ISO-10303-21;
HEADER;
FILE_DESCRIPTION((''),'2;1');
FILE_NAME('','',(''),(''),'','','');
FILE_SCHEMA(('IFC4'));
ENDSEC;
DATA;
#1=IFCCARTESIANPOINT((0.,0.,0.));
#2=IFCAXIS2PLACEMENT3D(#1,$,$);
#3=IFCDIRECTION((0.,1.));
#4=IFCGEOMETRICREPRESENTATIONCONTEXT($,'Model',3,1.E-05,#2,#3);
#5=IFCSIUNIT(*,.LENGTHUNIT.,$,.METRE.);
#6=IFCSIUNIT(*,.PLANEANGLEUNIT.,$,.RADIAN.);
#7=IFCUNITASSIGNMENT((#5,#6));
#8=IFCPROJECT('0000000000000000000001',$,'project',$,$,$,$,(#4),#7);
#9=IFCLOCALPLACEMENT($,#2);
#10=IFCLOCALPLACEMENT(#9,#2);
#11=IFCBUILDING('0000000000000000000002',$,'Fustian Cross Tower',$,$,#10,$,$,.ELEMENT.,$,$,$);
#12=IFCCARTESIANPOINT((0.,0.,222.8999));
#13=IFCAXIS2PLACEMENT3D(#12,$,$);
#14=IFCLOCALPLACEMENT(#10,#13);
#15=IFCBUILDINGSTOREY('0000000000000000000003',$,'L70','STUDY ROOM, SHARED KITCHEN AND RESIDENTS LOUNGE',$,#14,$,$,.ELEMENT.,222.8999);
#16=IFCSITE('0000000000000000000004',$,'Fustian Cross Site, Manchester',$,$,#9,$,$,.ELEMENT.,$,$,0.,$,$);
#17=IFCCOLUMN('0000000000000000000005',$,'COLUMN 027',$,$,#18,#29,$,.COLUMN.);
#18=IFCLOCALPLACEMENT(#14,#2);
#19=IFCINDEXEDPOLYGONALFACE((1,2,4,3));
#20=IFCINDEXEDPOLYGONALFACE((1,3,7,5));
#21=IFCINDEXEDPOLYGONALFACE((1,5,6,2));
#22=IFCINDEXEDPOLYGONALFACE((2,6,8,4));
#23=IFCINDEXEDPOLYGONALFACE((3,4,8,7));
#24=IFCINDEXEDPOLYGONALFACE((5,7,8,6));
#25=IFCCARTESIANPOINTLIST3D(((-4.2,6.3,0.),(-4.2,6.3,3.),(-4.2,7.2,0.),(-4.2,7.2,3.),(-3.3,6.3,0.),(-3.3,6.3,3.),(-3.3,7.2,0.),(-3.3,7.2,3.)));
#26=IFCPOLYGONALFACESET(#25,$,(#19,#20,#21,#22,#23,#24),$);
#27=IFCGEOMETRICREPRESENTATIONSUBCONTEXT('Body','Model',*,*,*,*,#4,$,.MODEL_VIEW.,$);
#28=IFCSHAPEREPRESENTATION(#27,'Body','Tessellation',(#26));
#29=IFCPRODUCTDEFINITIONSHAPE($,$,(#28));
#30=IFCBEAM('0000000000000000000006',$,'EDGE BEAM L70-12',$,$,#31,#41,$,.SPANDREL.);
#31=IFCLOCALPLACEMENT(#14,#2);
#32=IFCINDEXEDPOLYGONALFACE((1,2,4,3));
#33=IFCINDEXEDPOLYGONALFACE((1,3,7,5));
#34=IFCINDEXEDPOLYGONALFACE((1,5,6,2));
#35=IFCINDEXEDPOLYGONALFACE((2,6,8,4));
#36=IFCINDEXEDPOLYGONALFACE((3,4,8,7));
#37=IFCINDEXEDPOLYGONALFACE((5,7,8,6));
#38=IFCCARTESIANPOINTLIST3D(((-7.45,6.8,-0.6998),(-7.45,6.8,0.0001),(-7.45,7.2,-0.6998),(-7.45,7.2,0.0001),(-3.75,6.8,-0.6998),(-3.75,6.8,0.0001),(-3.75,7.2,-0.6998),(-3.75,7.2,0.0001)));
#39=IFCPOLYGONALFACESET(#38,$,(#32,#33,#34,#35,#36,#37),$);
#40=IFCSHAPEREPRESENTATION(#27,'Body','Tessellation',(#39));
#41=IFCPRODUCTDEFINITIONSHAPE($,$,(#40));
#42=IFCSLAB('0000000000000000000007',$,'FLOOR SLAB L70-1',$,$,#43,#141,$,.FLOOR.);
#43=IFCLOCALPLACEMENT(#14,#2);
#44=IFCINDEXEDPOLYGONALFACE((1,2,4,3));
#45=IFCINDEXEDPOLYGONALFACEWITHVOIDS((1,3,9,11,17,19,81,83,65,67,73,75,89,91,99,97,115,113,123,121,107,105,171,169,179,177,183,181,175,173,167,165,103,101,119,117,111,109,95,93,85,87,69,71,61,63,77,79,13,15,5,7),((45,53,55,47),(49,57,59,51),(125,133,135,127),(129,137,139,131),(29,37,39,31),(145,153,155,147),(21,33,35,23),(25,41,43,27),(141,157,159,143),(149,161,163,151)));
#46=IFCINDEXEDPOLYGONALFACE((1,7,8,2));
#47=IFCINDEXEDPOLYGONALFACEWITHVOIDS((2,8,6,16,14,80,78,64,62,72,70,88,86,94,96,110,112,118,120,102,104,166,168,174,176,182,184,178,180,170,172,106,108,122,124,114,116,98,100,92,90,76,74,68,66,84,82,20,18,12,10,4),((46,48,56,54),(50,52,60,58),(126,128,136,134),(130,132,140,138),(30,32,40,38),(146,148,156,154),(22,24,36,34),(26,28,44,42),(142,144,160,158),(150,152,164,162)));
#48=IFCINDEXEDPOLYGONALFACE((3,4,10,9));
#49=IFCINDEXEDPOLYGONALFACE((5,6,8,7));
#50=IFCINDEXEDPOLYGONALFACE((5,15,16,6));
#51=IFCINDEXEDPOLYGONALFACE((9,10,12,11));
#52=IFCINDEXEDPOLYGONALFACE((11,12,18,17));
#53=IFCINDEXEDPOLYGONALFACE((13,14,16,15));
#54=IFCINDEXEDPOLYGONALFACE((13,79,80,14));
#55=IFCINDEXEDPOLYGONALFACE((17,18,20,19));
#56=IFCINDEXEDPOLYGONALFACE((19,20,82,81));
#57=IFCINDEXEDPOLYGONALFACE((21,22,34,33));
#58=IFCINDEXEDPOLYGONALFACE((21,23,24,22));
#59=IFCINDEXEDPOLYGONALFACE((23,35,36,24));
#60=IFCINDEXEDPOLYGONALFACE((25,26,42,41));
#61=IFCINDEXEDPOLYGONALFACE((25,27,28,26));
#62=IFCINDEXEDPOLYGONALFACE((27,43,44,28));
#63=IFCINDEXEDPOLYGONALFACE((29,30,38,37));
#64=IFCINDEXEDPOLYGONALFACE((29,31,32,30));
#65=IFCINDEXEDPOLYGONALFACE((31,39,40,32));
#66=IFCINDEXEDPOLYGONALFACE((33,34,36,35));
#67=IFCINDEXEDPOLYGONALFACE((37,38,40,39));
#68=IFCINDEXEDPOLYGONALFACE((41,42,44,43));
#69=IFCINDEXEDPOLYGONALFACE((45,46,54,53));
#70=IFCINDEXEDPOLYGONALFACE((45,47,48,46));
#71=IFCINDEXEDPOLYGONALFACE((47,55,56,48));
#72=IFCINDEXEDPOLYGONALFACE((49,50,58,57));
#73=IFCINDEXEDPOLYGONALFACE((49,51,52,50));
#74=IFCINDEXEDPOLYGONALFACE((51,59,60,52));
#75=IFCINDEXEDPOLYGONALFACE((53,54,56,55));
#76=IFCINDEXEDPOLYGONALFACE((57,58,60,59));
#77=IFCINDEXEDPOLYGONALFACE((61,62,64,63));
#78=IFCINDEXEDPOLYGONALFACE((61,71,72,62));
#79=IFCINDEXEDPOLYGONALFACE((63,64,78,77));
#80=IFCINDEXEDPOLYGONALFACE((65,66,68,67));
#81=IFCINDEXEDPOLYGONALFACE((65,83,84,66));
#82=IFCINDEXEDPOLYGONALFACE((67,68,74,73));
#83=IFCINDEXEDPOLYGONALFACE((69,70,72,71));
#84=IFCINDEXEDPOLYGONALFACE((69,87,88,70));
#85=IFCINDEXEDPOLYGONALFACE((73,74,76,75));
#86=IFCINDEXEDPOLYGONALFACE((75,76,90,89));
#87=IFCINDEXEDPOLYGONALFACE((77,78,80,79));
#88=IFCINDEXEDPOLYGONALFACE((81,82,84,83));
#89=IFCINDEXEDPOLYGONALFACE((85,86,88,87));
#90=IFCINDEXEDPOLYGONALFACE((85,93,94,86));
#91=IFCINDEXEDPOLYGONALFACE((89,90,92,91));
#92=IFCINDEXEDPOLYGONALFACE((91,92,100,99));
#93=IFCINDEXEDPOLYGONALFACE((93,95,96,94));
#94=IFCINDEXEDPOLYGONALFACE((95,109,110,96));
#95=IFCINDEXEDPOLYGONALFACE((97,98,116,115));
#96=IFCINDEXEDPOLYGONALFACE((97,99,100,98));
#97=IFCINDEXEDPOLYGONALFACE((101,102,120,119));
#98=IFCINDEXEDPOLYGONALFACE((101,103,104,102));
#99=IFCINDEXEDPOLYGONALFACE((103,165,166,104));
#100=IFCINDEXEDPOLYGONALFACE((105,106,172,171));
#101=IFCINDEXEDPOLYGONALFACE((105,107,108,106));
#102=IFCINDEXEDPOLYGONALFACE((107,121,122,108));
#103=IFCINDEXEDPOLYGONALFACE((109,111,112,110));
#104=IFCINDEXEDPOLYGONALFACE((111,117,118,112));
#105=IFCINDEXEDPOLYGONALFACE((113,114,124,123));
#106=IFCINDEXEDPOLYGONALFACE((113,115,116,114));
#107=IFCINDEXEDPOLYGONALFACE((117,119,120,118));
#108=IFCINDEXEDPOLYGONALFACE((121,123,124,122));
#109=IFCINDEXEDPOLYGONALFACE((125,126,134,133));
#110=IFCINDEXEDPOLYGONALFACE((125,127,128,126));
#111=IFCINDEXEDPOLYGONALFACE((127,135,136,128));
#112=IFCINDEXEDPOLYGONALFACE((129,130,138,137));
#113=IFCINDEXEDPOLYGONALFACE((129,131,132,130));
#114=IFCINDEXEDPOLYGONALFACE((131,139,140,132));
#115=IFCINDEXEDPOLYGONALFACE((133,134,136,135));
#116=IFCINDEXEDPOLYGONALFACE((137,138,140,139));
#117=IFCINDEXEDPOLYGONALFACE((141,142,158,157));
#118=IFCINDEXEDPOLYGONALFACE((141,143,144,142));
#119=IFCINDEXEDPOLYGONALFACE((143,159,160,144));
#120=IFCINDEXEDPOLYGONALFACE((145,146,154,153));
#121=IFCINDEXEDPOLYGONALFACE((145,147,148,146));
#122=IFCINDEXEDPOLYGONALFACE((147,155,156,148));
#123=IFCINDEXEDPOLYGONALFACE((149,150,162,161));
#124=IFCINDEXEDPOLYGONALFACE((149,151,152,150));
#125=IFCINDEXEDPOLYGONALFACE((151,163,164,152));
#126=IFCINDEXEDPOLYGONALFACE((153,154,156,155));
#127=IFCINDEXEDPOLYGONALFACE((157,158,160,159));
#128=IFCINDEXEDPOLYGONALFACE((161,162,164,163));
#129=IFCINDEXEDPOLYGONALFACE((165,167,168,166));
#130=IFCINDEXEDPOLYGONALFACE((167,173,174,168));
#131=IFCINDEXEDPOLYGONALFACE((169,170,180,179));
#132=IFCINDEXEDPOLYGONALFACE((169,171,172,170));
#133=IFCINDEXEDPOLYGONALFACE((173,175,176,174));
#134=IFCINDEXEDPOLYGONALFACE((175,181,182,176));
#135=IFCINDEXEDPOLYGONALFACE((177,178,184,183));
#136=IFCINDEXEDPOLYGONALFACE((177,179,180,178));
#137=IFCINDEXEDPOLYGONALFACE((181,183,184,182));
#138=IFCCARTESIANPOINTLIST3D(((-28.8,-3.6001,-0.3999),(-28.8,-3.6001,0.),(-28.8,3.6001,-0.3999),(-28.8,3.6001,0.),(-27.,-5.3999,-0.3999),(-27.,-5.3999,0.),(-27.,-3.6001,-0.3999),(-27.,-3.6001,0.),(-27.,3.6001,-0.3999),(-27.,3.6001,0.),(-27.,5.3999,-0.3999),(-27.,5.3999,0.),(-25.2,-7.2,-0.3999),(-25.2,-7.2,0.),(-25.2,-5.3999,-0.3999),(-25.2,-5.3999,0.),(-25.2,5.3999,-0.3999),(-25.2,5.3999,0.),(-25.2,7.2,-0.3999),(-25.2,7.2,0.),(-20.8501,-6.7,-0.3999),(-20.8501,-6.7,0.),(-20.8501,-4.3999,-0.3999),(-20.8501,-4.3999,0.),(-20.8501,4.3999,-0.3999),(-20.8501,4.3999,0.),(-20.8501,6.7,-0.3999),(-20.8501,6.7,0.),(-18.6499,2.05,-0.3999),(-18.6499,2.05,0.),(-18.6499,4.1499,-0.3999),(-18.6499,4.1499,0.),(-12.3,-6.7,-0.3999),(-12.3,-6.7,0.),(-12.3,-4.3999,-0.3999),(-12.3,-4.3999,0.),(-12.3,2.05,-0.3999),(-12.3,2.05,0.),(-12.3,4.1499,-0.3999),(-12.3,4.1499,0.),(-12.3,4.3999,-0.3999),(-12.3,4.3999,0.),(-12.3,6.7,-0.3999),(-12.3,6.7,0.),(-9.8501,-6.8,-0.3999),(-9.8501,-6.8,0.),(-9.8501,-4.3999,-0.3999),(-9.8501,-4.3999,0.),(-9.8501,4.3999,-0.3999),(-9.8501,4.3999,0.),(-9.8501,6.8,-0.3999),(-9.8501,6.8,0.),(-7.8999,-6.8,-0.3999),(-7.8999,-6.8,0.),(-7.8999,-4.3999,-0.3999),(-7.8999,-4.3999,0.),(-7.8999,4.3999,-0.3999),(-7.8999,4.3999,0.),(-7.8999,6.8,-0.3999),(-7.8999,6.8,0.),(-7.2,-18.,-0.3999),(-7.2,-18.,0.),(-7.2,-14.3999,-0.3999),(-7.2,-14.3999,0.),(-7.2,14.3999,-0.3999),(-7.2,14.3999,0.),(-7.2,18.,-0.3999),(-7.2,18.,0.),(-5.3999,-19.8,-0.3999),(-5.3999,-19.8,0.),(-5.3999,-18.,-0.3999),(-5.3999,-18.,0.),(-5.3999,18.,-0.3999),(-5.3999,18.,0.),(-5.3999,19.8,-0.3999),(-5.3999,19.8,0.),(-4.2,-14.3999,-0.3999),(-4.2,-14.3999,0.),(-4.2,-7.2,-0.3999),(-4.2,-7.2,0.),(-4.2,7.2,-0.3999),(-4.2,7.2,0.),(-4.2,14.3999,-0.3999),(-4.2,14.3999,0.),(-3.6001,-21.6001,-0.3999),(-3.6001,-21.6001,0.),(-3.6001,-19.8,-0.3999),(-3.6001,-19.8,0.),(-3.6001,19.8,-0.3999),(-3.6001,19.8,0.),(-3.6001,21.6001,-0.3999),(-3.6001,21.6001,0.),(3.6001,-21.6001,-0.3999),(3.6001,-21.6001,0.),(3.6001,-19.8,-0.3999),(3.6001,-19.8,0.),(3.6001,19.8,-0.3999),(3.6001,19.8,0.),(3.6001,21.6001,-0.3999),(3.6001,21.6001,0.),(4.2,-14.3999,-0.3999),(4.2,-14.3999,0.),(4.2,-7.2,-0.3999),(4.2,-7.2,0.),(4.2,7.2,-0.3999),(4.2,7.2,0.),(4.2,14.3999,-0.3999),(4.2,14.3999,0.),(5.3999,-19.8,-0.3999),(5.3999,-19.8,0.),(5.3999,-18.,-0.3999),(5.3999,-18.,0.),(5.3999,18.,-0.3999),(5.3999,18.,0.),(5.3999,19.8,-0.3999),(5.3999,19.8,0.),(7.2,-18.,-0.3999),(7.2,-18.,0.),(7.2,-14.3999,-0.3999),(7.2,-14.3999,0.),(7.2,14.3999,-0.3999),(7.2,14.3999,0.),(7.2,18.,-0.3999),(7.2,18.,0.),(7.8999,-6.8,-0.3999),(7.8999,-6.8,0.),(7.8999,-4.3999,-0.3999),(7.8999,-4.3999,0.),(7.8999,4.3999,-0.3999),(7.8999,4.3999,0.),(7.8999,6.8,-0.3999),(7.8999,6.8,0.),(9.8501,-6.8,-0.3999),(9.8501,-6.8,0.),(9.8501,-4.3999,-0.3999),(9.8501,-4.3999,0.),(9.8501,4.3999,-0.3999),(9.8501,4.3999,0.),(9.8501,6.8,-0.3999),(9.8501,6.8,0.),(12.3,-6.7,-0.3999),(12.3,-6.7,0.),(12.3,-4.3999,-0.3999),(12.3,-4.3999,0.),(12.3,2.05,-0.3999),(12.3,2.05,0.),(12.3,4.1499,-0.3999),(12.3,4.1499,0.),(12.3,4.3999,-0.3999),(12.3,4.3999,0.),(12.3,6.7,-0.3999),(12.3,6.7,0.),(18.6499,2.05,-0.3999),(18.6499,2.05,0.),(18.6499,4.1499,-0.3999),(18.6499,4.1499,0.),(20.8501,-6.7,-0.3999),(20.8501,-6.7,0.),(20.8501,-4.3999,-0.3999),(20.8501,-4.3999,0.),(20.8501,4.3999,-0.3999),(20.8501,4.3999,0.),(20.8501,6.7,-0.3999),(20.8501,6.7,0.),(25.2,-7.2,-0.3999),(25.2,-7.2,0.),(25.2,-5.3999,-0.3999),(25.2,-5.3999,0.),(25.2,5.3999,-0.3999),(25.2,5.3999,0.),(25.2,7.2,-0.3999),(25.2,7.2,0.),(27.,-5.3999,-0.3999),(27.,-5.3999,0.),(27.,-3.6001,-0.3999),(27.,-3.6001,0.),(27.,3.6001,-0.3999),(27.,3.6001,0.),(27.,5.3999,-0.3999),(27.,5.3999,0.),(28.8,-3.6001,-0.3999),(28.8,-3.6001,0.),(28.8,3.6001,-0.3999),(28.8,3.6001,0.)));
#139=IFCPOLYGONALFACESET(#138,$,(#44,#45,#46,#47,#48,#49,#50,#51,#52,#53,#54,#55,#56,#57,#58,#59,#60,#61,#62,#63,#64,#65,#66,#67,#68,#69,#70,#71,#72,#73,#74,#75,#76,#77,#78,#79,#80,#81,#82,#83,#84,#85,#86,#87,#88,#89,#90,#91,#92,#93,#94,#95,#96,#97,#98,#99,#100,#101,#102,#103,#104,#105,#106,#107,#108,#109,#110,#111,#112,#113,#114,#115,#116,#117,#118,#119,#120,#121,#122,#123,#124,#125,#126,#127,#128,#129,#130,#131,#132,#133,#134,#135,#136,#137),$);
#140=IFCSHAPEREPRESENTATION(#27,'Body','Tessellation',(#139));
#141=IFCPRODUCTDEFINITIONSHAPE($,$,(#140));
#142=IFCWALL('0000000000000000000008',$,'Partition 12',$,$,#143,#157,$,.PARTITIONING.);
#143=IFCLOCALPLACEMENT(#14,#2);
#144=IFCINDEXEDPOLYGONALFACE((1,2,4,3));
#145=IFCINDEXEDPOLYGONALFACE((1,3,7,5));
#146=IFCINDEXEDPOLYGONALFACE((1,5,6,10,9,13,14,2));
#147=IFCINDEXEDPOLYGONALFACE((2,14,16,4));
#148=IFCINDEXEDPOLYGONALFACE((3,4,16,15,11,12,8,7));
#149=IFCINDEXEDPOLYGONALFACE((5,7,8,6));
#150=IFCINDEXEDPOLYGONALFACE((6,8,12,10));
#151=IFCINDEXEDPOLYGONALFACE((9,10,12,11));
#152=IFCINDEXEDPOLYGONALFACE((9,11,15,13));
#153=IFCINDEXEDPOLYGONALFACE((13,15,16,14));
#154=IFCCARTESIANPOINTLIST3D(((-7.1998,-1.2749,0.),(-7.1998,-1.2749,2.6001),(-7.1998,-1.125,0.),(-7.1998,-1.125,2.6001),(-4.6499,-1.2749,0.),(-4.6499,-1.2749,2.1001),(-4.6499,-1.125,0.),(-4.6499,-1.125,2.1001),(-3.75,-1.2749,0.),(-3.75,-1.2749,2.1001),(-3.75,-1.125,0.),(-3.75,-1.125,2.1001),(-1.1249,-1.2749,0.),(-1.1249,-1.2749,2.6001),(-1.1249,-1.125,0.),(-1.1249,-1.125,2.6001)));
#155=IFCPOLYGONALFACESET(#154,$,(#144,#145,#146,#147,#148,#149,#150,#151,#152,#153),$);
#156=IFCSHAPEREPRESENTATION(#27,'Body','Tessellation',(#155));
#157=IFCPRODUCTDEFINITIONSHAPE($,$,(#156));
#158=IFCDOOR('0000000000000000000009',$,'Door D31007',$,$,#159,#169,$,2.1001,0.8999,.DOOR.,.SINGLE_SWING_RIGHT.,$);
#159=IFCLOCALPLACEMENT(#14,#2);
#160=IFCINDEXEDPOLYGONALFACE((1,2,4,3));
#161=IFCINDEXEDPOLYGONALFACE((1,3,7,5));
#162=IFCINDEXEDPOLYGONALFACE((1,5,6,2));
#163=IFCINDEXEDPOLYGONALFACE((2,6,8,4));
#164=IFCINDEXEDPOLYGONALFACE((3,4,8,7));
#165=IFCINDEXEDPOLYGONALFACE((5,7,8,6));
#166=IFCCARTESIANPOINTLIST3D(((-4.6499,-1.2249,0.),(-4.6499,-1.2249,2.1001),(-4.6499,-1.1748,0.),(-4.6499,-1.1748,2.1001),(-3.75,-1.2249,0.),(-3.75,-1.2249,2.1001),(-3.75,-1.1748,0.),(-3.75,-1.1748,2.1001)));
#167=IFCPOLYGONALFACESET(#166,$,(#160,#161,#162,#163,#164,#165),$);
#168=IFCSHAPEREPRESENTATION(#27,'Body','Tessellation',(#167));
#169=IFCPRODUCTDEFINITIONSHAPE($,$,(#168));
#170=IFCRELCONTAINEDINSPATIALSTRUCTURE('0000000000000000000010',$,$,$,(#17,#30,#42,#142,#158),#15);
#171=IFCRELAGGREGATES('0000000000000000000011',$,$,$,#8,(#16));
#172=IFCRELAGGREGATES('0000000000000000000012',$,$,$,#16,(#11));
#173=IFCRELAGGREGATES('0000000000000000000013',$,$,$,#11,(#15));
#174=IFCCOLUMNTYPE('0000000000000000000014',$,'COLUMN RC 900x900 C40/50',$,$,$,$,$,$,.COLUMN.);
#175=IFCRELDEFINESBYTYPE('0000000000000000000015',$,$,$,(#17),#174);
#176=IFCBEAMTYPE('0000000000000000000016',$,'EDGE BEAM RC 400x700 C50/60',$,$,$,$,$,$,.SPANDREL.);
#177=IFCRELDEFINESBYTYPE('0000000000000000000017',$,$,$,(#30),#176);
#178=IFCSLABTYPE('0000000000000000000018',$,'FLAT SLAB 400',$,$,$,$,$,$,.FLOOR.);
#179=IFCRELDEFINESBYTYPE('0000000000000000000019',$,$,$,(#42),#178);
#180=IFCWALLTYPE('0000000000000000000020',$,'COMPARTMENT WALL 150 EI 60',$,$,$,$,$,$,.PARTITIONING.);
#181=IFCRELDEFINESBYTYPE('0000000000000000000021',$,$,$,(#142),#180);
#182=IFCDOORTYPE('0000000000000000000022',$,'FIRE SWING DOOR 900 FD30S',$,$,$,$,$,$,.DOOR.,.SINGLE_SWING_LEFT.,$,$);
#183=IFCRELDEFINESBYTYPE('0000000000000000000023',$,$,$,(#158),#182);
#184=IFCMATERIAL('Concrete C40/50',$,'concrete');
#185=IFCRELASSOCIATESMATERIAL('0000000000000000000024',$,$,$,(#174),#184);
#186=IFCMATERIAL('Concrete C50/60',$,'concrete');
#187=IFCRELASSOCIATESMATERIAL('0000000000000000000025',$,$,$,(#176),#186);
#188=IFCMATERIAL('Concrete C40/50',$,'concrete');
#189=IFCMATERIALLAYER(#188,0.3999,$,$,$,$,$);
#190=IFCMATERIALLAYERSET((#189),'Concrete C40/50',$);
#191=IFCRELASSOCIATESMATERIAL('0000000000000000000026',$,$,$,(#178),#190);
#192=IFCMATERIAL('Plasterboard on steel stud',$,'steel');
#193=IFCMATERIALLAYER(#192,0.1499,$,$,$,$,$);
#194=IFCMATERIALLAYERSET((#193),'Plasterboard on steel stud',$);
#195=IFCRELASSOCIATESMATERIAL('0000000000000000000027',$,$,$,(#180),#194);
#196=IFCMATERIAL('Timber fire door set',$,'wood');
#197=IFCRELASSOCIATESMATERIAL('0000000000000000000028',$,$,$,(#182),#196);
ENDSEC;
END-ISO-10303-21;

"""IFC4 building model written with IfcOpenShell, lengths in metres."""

from ifc_helpers import new_model, si_unit, direction, frame, frame_2d, origin, origin_2d, place, context, subcontext, project, spatial, polyline, rectangle, outline, extrude, material, layer, layer_set, material_profile, profile_set, type_object, element, fill, save


model = new_model("IFC4")

# Units and contexts
model_context = context("Model", 3, precision=1e-05, world=origin(), true_north=direction((0.0, 1.0)))
body_context = subcontext(model_context, "Body", "Model", "MODEL_VIEW")
ifc_project = project(units=[si_unit("LENGTHUNIT", "METRE"), si_unit("PLANEANGLEUNIT", "RADIAN")], contexts=[model_context])

# Site, building, storey
site_placement = place(None, origin())
site = spatial("IfcSite", under=ifc_project, at=site_placement, Name="Fustian Cross Site, Manchester", CompositionType="ELEMENT", RefElevation=0.0)
building_placement = place(site_placement, origin())
building = spatial("IfcBuilding", under=site, at=building_placement, Name="Fustian Cross Tower", CompositionType="ELEMENT")
storey_placement = place(building_placement, frame((0.0, 0.0, 222.8999)))
storey = spatial("IfcBuildingStorey", under=building, at=storey_placement, Name="L70", Description="STUDY ROOM, SHARED KITCHEN AND RESIDENTS LOUNGE", CompositionType="ELEMENT", Elevation=222.8999)

# Column
ifc_material_1 = material(Name="Concrete C40/50", Category="concrete")
ifc_material_profile_1 = material_profile(ifc_material_1, rectangle(XDim=0.8999, YDim=0.8999, at=origin_2d()), Name="RC 900x900")
ifc_profile_set_1 = profile_set([ifc_material_profile_1], Name="Concrete C40/50")
column_type = type_object("IfcColumnType", Name="COLUMN RC 900x900 C40/50", PredefinedType="COLUMN", material=ifc_profile_set_1)
column_placement = place(storey_placement, frame((-3.75, 6.75, 0.0), z_axis=(0.0, 0.0, 1.0), x_axis=(1.0, 0.0, 0.0)))
element("IfcColumn", 1, at=column_placement, inside=storey, type_object=column_type, Name="COLUMN 027", PredefinedType="COLUMN", context=body_context, shape_type="SweptSolid", body=[
    extrude(rectangle(XDim=0.8999, YDim=0.8999, at=origin_2d()), origin(), (0.0, 0.0, 1.0), 3.0),
])

# Beam
ifc_material_2 = material(Name="Concrete C50/60", Category="concrete")
ifc_material_profile_2 = material_profile(ifc_material_2, rectangle(XDim=0.3999, YDim=0.7, at=origin_2d()), Name="RC 400x700")
ifc_profile_set_2 = profile_set([ifc_material_profile_2], Name="Concrete C50/60")
beam_type = type_object("IfcBeamType", Name="EDGE BEAM RC 400x700 C50/60", PredefinedType="SPANDREL", material=ifc_profile_set_2)
beam_placement = place(storey_placement, frame((-3.75, 7.0, -0.3499), z_axis=(-1.0, 0.0, 0.0), x_axis=(0.0, -1.0, 0.0)))
element("IfcBeam", 2, at=beam_placement, inside=storey, type_object=beam_type, Name="EDGE BEAM L70-12", PredefinedType="SPANDREL", context=body_context, shape_type="SweptSolid", body=[
    extrude(rectangle(XDim=0.3999, YDim=0.7, at=origin_2d()), origin(), (0.0, 0.0, 1.0), 3.7),
])

# Slab
ifc_material_3 = material(Name="Concrete C40/50", Category="concrete")
ifc_layer_1 = layer(ifc_material_3, 0.3999)
ifc_layer_set_1 = layer_set([ifc_layer_1], Name="Concrete C40/50")
slab_type = type_object("IfcSlabType", Name="FLAT SLAB 400", PredefinedType="FLOOR", material=ifc_layer_set_1)
slab_placement = place(storey_placement, frame((0.0, 0.0, -0.3999)))
element("IfcSlab", 3, at=slab_placement, inside=storey, type_object=slab_type, Name="FLOOR SLAB L70-1", PredefinedType="FLOOR", context=body_context, shape_type="SweptSolid", body=[
    extrude(outline(polyline([(-3.6001, -19.8), (-5.3999, -19.8), (-5.3999, -18.0), (-7.2, -18.0), (-7.2, -14.3999), (-4.2, -14.3999), (-4.2, -7.2), (-25.2, -7.2), (-25.2, -5.3999), (-27.0, -5.3999), (-27.0, -3.6001), (-28.8, -3.6001), (-28.8, 3.6001), (-27.0, 3.6001), (-27.0, 5.3999), (-25.2, 5.3999), (-25.2, 7.2), (-4.2, 7.2), (-4.2, 14.3999), (-7.2, 14.3999), (-7.2, 18.0), (-5.3999, 18.0), (-5.3999, 19.8), (-3.6001, 19.8), (-3.6001, 21.6001), (3.6001, 21.6001), (3.6001, 19.8), (5.3999, 19.8), (5.3999, 18.0), (7.2, 18.0), (7.2, 14.3999), (4.2, 14.3999), (4.2, 7.2), (25.2, 7.2), (25.2, 5.3999), (27.0, 5.3999), (27.0, 3.6001), (28.8, 3.6001), (28.8, -3.6001), (27.0, -3.6001), (27.0, -5.3999), (25.2, -5.3999), (25.2, -7.2), (4.2, -7.2), (4.2, -14.3999), (7.2, -14.3999), (7.2, -18.0), (5.3999, -18.0), (5.3999, -19.8), (3.6001, -19.8), (3.6001, -21.6001), (-3.6001, -21.6001), (-3.6001, -19.8)]), holes=[polyline([(7.8999, 6.8), (7.8999, 4.3999), (9.8501, 4.3999), (9.8501, 6.8), (7.8999, 6.8)]), polyline([(9.8501, -4.3999), (7.8999, -4.3999), (7.8999, -6.8), (9.8501, -6.8), (9.8501, -4.3999)]), polyline([(-7.8999, 4.3999), (-7.8999, 6.8), (-9.8501, 6.8), (-9.8501, 4.3999), (-7.8999, 4.3999)]), polyline([(-9.8501, -6.8), (-7.8999, -6.8), (-7.8999, -4.3999), (-9.8501, -4.3999), (-9.8501, -6.8)]), polyline([(12.3, 4.1499), (12.3, 2.05), (18.6499, 2.05), (18.6499, 4.1499), (12.3, 4.1499)]), polyline([(-12.3, 4.1499), (-18.6499, 4.1499), (-18.6499, 2.05), (-12.3, 2.05), (-12.3, 4.1499)]), polyline([(20.8501, 4.3999), (20.8501, 6.7), (12.3, 6.7), (12.3, 4.3999), (20.8501, 4.3999)]), polyline([(12.3, -6.7), (20.8501, -6.7), (20.8501, -4.3999), (12.3, -4.3999), (12.3, -6.7)]), polyline([(-20.8501, 6.7), (-20.8501, 4.3999), (-12.3, 4.3999), (-12.3, 6.7), (-20.8501, 6.7)]), polyline([(-12.3, -4.3999), (-20.8501, -4.3999), (-20.8501, -6.7), (-12.3, -6.7), (-12.3, -4.3999)])]), origin(), (0.0, 0.0, 1.0), 0.3999),
])

# Wall, opening, door
ifc_material_4 = material(Name="Plasterboard on steel stud", Category="steel")
ifc_layer_2 = layer(ifc_material_4, 0.1499)
ifc_layer_set_2 = layer_set([ifc_layer_2], Name="Plasterboard on steel stud")
wall_type_1 = type_object("IfcWallType", Name="COMPARTMENT WALL 150 EI 60", PredefinedType="PARTITIONING", material=ifc_layer_set_2)
wall_1_placement = place(storey_placement, frame((-7.2, -1.2, 0.0), z_axis=(0.0, 0.0, 1.0), x_axis=(1.0, 0.0, 0.0)))
wall_1 = element("IfcWall", 4, at=wall_1_placement, inside=storey, type_object=wall_type_1, Name="Partition 12", PredefinedType="PARTITIONING", context=body_context, shape_type="SweptSolid", body=[
    extrude(rectangle(XDim=6.075, YDim=0.1499, at=frame_2d((3.0376, 0.0))), origin(), (0.0, 0.0, 1.0), 2.6001),
])
opening_1_placement = place(wall_1_placement, frame((2.55, 0.0, 0.0)))
opening_1 = element("IfcOpeningElement", 5, at=opening_1_placement, cuts=wall_1, PredefinedType="OPENING", context=body_context, shape_type="SweptSolid", body=[
    extrude(rectangle(XDim=0.8999, YDim=2.1001, at=frame_2d((0.45, 1.05))), frame((0.0, 0.085, 0.0), z_axis=(0.0, -1.0, 0.0), x_axis=(1.0, 0.0, 0.0)), (0.0, 0.0, 1.0), 0.1699),
])
ifc_material_5 = material(Name="Timber fire door set", Category="wood")
door_type_1 = type_object("IfcDoorType", Name="FIRE SWING DOOR 900 FD30S", OperationType="SINGLE_SWING_LEFT", PredefinedType="DOOR", material=ifc_material_5)
door_1_placement = place(opening_1_placement, frame((0.8999, 0.0, 0.0), z_axis=(0.0, 0.0, 1.0), x_axis=(-1.0, 0.0, 0.0)))
door_1 = element("IfcDoor", 6, at=door_1_placement, inside=storey, type_object=door_type_1, Name="Door D31007", OperationType="SINGLE_SWING_RIGHT", OverallHeight=2.1001, OverallWidth=0.8999, PredefinedType="DOOR", context=body_context, shape_type="SweptSolid", body=[
    extrude(rectangle(XDim=0.8999, YDim=2.1001, at=frame_2d((0.45, 1.05))), frame((0.0, 0.0249, 0.0), z_axis=(0.0, -1.0, 0.0), x_axis=(1.0, 0.0, 0.0)), (0.0, 0.0, 1.0), 0.05),
])
fill(opening_1, door_1)

save(model, "model.ifc")
